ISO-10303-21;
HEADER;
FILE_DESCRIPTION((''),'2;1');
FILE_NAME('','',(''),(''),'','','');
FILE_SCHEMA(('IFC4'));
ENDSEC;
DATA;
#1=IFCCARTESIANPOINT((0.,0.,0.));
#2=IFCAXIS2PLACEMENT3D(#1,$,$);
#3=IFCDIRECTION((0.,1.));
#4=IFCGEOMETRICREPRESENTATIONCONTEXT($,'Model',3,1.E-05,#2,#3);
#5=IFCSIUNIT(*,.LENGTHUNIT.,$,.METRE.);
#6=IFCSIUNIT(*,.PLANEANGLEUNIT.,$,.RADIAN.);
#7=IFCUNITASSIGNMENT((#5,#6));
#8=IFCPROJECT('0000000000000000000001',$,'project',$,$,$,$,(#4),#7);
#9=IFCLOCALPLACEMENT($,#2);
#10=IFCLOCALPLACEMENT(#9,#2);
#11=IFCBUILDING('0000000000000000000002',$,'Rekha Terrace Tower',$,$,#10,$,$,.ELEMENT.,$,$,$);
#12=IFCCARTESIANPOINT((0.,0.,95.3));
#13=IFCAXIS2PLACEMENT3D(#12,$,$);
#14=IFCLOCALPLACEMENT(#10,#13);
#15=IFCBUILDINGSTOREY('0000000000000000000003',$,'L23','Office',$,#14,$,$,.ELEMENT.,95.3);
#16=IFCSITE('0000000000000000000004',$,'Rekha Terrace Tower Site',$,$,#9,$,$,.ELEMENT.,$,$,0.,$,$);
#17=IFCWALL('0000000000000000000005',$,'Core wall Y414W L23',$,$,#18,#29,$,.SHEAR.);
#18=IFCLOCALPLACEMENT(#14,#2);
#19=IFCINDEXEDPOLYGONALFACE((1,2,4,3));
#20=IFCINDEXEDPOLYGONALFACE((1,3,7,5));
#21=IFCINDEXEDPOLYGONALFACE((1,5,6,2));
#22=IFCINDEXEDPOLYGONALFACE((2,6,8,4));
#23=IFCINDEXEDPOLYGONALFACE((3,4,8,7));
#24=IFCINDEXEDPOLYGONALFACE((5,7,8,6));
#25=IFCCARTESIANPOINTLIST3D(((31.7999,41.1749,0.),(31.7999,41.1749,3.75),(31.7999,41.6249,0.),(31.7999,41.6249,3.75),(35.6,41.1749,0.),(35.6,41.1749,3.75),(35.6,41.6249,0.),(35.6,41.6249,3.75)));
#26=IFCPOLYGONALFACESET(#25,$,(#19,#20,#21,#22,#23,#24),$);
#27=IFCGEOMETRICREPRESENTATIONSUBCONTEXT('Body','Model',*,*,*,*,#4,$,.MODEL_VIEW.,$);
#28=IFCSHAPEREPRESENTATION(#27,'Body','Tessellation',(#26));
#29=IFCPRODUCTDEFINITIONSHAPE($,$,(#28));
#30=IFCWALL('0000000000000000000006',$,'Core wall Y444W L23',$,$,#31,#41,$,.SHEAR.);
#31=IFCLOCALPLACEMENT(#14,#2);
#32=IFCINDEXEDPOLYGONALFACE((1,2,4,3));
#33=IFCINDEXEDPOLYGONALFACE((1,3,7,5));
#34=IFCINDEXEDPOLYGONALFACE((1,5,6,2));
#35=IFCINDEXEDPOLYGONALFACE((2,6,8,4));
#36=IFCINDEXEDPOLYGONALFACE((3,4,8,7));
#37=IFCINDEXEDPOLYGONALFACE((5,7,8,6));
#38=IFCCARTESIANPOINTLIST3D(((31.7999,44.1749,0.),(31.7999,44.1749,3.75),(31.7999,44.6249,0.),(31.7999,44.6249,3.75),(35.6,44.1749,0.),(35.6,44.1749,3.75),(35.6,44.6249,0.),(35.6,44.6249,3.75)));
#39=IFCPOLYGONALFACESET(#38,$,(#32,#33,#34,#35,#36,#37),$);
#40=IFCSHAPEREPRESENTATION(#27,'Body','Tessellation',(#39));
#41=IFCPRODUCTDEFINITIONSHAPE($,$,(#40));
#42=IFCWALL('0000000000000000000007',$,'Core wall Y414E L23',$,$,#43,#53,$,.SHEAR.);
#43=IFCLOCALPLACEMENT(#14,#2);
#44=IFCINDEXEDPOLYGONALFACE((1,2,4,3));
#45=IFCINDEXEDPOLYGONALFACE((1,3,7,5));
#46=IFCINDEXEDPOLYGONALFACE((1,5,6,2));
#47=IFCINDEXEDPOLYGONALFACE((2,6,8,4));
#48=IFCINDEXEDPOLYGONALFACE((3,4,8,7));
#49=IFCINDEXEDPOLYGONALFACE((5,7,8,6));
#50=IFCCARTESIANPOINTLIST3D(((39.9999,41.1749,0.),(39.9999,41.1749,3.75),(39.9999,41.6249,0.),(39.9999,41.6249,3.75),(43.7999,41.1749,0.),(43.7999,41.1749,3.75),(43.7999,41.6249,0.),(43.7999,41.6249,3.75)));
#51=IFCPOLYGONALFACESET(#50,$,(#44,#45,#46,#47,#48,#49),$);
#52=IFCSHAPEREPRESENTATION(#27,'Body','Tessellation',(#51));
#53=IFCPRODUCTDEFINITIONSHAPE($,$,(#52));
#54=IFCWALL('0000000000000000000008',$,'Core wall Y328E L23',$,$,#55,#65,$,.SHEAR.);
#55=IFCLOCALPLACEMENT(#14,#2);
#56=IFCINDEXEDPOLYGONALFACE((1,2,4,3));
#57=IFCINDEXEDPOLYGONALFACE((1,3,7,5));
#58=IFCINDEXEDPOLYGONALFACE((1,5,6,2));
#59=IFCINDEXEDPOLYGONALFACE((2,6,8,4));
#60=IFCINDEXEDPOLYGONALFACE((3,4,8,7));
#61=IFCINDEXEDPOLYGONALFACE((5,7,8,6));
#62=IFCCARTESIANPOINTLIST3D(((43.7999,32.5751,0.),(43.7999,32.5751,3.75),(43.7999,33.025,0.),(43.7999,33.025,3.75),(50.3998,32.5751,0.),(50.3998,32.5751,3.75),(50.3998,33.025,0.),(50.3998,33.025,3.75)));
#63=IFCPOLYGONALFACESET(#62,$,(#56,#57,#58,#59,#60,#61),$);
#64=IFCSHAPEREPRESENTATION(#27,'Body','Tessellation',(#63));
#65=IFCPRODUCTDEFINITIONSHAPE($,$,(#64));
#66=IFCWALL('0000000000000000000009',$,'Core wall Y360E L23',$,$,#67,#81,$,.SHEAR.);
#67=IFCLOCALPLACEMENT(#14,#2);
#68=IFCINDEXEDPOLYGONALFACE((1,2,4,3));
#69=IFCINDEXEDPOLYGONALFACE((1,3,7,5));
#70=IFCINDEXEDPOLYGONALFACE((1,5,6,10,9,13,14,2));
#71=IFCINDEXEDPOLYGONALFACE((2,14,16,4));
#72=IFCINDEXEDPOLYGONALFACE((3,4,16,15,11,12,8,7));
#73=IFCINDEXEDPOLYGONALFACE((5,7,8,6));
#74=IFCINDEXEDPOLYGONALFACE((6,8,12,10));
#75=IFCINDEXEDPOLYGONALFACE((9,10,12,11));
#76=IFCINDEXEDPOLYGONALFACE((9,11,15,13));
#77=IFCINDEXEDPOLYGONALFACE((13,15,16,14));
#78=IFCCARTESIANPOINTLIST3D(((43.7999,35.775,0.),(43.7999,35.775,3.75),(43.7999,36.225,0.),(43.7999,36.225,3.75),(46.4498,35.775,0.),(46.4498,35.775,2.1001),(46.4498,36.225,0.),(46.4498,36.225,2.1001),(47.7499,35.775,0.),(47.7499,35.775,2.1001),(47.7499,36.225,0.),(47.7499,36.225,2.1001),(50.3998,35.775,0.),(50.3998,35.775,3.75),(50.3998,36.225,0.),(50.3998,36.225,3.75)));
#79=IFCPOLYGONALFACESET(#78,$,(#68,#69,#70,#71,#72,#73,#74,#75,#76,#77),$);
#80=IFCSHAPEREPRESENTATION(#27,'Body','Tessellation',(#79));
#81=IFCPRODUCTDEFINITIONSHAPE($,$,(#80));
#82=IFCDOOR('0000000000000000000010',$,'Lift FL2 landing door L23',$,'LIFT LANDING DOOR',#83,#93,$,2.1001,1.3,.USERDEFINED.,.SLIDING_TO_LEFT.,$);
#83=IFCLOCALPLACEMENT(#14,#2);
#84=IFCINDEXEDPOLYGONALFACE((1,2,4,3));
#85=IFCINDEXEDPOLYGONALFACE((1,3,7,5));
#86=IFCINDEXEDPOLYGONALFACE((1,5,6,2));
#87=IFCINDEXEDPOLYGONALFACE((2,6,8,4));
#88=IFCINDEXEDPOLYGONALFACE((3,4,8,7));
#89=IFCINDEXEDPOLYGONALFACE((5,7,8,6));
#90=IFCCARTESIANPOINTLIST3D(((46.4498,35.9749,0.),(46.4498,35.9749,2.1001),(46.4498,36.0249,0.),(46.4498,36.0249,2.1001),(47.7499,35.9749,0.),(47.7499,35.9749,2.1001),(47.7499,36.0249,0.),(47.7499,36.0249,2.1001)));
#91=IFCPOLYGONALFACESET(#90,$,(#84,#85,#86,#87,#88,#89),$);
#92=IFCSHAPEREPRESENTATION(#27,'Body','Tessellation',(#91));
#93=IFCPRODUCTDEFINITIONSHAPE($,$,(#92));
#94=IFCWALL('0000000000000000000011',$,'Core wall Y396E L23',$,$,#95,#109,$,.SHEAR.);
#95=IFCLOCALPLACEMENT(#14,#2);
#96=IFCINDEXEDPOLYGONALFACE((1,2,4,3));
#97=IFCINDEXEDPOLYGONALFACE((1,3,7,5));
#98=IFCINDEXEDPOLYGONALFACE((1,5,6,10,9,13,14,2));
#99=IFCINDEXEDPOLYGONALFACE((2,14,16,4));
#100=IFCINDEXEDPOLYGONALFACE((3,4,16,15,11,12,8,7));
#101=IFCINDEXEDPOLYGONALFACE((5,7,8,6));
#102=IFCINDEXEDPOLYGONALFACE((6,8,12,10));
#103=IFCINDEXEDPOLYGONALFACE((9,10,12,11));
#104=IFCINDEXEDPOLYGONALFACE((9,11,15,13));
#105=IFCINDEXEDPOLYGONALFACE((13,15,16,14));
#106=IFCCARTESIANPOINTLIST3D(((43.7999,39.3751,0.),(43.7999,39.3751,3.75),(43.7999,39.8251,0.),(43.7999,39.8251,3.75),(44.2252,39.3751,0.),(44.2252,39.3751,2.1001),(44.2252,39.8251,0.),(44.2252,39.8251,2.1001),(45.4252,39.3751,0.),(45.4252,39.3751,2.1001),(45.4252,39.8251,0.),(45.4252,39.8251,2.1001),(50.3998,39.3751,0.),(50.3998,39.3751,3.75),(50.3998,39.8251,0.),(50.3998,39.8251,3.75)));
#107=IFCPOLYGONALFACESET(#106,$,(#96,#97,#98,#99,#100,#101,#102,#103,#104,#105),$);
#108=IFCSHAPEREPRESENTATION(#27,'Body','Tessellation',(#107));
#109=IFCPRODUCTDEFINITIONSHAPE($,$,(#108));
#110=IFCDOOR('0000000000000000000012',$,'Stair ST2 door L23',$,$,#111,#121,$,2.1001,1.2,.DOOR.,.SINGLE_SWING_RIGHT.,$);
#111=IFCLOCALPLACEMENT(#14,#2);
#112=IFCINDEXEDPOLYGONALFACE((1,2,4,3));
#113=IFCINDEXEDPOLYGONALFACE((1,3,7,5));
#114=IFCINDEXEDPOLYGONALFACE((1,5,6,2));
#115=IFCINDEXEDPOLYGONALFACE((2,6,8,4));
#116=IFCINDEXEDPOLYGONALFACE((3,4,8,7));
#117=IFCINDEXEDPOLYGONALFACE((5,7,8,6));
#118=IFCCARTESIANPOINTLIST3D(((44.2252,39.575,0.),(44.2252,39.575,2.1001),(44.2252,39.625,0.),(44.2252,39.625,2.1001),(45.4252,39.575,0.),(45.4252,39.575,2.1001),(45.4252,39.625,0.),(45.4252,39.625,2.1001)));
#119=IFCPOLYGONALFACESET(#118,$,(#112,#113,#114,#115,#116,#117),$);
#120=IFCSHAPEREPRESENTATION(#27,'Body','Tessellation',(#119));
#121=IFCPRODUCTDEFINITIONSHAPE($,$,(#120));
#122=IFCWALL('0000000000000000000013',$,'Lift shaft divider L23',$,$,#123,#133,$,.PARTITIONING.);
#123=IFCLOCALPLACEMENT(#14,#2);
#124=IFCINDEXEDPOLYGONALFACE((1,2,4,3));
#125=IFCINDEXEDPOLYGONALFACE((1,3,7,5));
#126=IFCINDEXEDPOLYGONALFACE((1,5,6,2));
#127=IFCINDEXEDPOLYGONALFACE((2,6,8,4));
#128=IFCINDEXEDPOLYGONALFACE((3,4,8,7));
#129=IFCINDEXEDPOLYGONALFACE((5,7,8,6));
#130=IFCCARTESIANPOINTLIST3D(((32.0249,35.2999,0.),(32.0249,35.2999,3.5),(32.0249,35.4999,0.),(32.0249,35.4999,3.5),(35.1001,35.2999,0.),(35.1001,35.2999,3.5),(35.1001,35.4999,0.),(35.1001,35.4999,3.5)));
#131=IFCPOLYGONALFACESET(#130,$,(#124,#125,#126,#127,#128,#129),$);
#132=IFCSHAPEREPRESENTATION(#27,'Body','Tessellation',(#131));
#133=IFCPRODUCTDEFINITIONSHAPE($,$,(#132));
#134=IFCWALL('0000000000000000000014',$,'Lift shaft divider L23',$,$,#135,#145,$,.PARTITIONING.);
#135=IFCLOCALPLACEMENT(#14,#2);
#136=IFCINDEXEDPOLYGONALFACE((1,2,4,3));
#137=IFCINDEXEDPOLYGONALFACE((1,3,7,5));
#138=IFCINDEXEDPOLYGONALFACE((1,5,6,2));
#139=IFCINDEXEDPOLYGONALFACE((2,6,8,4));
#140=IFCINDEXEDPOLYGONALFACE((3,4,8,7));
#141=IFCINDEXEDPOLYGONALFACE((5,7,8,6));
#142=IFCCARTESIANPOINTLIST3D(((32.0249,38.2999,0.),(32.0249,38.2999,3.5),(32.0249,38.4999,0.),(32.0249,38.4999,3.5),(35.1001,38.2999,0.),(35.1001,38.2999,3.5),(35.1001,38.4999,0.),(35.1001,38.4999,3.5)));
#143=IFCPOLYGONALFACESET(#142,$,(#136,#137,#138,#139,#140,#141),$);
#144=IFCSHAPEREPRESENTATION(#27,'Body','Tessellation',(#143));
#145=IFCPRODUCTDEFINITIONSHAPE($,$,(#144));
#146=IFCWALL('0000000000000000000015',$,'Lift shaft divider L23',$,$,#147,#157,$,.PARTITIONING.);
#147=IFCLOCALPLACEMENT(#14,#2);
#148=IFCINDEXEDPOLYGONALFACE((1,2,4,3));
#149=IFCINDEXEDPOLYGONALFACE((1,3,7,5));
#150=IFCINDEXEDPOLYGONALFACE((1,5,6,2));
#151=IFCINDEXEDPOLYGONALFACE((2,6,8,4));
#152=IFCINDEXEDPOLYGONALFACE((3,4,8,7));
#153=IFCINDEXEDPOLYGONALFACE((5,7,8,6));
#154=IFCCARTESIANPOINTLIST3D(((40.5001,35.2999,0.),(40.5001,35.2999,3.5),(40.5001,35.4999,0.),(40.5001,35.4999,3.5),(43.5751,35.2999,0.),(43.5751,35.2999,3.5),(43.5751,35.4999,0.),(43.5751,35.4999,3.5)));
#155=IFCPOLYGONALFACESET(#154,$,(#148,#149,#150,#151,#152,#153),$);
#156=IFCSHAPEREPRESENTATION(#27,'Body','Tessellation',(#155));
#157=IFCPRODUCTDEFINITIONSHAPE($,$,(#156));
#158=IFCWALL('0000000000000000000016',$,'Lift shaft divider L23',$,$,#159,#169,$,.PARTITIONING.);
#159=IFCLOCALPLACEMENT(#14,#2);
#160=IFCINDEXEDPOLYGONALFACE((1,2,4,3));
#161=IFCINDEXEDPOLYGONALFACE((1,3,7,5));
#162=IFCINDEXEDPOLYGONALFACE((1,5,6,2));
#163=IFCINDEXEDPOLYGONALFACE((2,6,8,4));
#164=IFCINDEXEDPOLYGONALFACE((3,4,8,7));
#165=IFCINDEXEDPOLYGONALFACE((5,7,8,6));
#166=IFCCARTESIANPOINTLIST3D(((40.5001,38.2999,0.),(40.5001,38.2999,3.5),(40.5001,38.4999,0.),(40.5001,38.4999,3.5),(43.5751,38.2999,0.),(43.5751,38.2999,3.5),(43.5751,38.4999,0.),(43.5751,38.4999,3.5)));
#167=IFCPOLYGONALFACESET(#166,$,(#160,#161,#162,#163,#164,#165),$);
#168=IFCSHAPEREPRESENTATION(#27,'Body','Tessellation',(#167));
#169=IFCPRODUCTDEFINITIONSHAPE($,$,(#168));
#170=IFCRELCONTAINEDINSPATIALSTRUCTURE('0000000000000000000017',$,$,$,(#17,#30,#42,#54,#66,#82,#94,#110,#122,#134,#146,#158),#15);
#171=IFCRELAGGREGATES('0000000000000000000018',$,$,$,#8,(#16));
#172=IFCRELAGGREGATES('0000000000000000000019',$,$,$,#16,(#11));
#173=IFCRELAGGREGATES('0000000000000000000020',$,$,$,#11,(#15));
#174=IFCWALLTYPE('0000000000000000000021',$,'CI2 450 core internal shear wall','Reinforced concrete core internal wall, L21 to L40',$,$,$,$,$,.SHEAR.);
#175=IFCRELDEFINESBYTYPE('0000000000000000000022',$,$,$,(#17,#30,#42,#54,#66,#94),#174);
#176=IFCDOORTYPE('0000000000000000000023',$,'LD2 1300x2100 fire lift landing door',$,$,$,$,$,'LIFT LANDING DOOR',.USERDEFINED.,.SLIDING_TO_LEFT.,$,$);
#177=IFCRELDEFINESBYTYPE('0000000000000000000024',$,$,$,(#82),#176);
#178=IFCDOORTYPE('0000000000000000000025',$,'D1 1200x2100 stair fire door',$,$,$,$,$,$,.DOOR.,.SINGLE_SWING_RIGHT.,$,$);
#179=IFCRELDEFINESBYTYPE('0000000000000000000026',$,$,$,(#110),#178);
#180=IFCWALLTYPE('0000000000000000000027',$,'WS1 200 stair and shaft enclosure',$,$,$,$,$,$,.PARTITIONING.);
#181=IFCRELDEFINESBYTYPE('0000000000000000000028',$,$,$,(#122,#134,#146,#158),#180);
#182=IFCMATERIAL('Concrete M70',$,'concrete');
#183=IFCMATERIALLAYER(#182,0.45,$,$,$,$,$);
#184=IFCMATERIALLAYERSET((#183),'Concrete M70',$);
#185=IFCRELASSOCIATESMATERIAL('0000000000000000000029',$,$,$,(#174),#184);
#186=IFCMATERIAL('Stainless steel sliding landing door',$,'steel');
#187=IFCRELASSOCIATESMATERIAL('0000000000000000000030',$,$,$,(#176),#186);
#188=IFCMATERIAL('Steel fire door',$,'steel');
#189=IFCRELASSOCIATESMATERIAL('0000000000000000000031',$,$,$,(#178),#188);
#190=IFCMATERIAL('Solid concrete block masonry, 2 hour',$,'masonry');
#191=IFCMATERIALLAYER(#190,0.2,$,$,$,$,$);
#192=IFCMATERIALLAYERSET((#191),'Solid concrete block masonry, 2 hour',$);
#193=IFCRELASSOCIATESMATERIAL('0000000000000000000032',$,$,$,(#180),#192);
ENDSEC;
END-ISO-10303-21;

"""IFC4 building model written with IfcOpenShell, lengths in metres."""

from ifc_helpers import new_model, si_unit, direction, frame, frame_2d, origin, place, context, subcontext, project, spatial, rectangle, extrude, material, layer, layer_set, type_object, element, fill, save


model = new_model("IFC4")

# Units and contexts
model_context = context("Model", 3, precision=1e-05, world=origin(), true_north=direction((0.0, 1.0)))
body_context = subcontext(model_context, "Body", "Model", "MODEL_VIEW")
ifc_project = project(units=[si_unit("LENGTHUNIT", "METRE"), si_unit("PLANEANGLEUNIT", "RADIAN")], contexts=[model_context])

# Site, building, storey
site_placement = place(None, origin())
site = spatial("IfcSite", under=ifc_project, at=site_placement, Name="Rekha Terrace Tower Site", CompositionType="ELEMENT", RefElevation=0.0)
building_placement = place(site_placement, origin())
building = spatial("IfcBuilding", under=site, at=building_placement, Name="Rekha Terrace Tower", CompositionType="ELEMENT")
storey_placement = place(building_placement, frame((0.0, 0.0, 95.3)))
storey = spatial("IfcBuildingStorey", under=building, at=storey_placement, Name="L23", Description="Office", CompositionType="ELEMENT", Elevation=95.3)

# Walls
ifc_material_1 = material(Name="Concrete M70", Category="concrete")
ifc_layer_1 = layer(ifc_material_1, 0.45)
ifc_layer_set_1 = layer_set([ifc_layer_1], Name="Concrete M70")
wall_type_1 = type_object("IfcWallType", Name="CI2 450 core internal shear wall", Description="Reinforced concrete core internal wall, L21 to L40", PredefinedType="SHEAR", material=ifc_layer_set_1)
for number, where, z_axis, x_axis, name in (
    (1, (31.8, 41.3999, 0.0), (0.0, 0.0, 1.0), (1.0, 0.0, 0.0), "Core wall Y414W L23"),
    (2, (31.8, 44.3999, 0.0), (0.0, 0.0, 1.0), (1.0, 0.0, 0.0), "Core wall Y444W L23"),
    (3, (40.0, 41.3999, 0.0), (0.0, 0.0, 1.0), (1.0, 0.0, 0.0), "Core wall Y414E L23"),
):
    element("IfcWall", number, at=place(storey_placement, frame(where, z_axis=z_axis, x_axis=x_axis)), inside=storey, type_object=wall_type_1, Name=name, PredefinedType="SHEAR", context=body_context, shape_type="SweptSolid", body=[
        extrude(rectangle(XDim=3.8, YDim=0.45, at=frame_2d((1.8999, 0.0))), origin(), (0.0, 0.0, 1.0), 3.75),
    ])
wall_1_placement = place(storey_placement, frame((43.8, 32.8, 0.0), z_axis=(0.0, 0.0, 1.0), x_axis=(1.0, 0.0, 0.0)))
element("IfcWall", 4, at=wall_1_placement, inside=storey, type_object=wall_type_1, Name="Core wall Y328E L23", PredefinedType="SHEAR", context=body_context, shape_type="SweptSolid", body=[
    extrude(rectangle(XDim=6.5999, YDim=0.45, at=frame_2d((3.2998, 0.0))), origin(), (0.0, 0.0, 1.0), 3.75),
])

# Walls, openings, doors
wall_2_placement = place(storey_placement, frame((43.8, 36.0, 0.0), z_axis=(0.0, 0.0, 1.0), x_axis=(1.0, 0.0, 0.0)))
wall_2 = element("IfcWall", 5, at=wall_2_placement, inside=storey, type_object=wall_type_1, Name="Core wall Y360E L23", PredefinedType="SHEAR", context=body_context, shape_type="SweptSolid", body=[
    extrude(rectangle(XDim=6.5999, YDim=0.45, at=frame_2d((3.2998, 0.0))), origin(), (0.0, 0.0, 1.0), 3.75),
])
opening_1_placement = place(wall_2_placement, frame((2.6499, 0.0, 0.0)))
opening_1 = element("IfcOpeningElement", 6, at=opening_1_placement, cuts=wall_2, PredefinedType="OPENING", context=body_context, shape_type="SweptSolid", body=[
    extrude(rectangle(XDim=1.3, YDim=2.1001, at=frame_2d((0.6499, 1.05))), frame((0.0, 0.2349, 0.0), z_axis=(0.0, -1.0, 0.0), x_axis=(1.0, 0.0, 0.0)), (0.0, 0.0, 1.0), 0.47),
])
ifc_material_2 = material(Name="Stainless steel sliding landing door", Category="steel")
door_type_1 = type_object("IfcDoorType", Name="LD2 1300x2100 fire lift landing door", ElementType="LIFT LANDING DOOR", OperationType="SLIDING_TO_LEFT", PredefinedType="USERDEFINED", material=ifc_material_2)
door_1_placement = place(opening_1_placement, origin())
door_1 = element("IfcDoor", 7, at=door_1_placement, inside=storey, type_object=door_type_1, Name="Lift FL2 landing door L23", ObjectType="LIFT LANDING DOOR", OperationType="SLIDING_TO_LEFT", OverallHeight=2.1001, OverallWidth=1.3, PredefinedType="USERDEFINED", context=body_context, shape_type="SweptSolid", body=[
    extrude(rectangle(XDim=1.3, YDim=2.1001, at=frame_2d((0.6499, 1.05))), frame((0.0, 0.0249, 0.0), z_axis=(0.0, -1.0, 0.0), x_axis=(1.0, 0.0, 0.0)), (0.0, 0.0, 1.0), 0.05),
])
fill(opening_1, door_1)
wall_3_placement = place(storey_placement, frame((43.8, 39.6001, 0.0), z_axis=(0.0, 0.0, 1.0), x_axis=(1.0, 0.0, 0.0)))
wall_3 = element("IfcWall", 8, at=wall_3_placement, inside=storey, type_object=wall_type_1, Name="Core wall Y396E L23", PredefinedType="SHEAR", context=body_context, shape_type="SweptSolid", body=[
    extrude(rectangle(XDim=6.5999, YDim=0.45, at=frame_2d((3.2998, 0.0))), origin(), (0.0, 0.0, 1.0), 3.75),
])
opening_2_placement = place(wall_3_placement, frame((0.425, 0.0, 0.0)))
opening_2 = element("IfcOpeningElement", 9, at=opening_2_placement, cuts=wall_3, PredefinedType="OPENING", context=body_context, shape_type="SweptSolid", body=[
    extrude(rectangle(XDim=1.2, YDim=2.1001, at=frame_2d((0.6001, 1.05))), frame((0.0, 0.2349, 0.0), z_axis=(0.0, -1.0, 0.0), x_axis=(1.0, 0.0, 0.0)), (0.0, 0.0, 1.0), 0.47),
])
ifc_material_3 = material(Name="Steel fire door", Category="steel")
door_type_2 = type_object("IfcDoorType", Name="D1 1200x2100 stair fire door", OperationType="SINGLE_SWING_RIGHT", PredefinedType="DOOR", material=ifc_material_3)
door_2_placement = place(opening_2_placement, origin())
door_2 = element("IfcDoor", 10, at=door_2_placement, inside=storey, type_object=door_type_2, Name="Stair ST2 door L23", OperationType="SINGLE_SWING_RIGHT", OverallHeight=2.1001, OverallWidth=1.2, PredefinedType="DOOR", context=body_context, shape_type="SweptSolid", body=[
    extrude(rectangle(XDim=1.2, YDim=2.1001, at=frame_2d((0.6001, 1.05))), frame((0.0, 0.0249, 0.0), z_axis=(0.0, -1.0, 0.0), x_axis=(1.0, 0.0, 0.0)), (0.0, 0.0, 1.0), 0.05),
])
fill(opening_2, door_2)

# Walls
ifc_material_4 = material(Name="Solid concrete block masonry, 2 hour", Category="masonry")
ifc_layer_2 = layer(ifc_material_4, 0.2)
ifc_layer_set_2 = layer_set([ifc_layer_2], Name="Solid concrete block masonry, 2 hour")
wall_type_2 = type_object("IfcWallType", Name="WS1 200 stair and shaft enclosure", PredefinedType="PARTITIONING", material=ifc_layer_set_2)
for number, where, z_axis, x_axis, name in (
    (11, (32.0249, 35.3999, 0.0), (0.0, 0.0, 1.0), (1.0, 0.0, 0.0), "Lift shaft divider L23"),
    (12, (32.0249, 38.3999, 0.0), (0.0, 0.0, 1.0), (1.0, 0.0, 0.0), "Lift shaft divider L23"),
):
    element("IfcWall", number, at=place(storey_placement, frame(where, z_axis=z_axis, x_axis=x_axis)), inside=storey, type_object=wall_type_2, Name=name, PredefinedType="PARTITIONING", context=body_context, shape_type="SweptSolid", body=[
        extrude(rectangle(XDim=3.0752, YDim=0.2, at=frame_2d((1.5376, 0.0))), origin(), (0.0, 0.0, 1.0), 3.5),
    ])
for number, where, z_axis, x_axis, name in (
    (13, (40.5, 35.3999, 0.0), (0.0, 0.0, 1.0), (1.0, 0.0, 0.0), "Lift shaft divider L23"),
    (14, (40.5, 38.3999, 0.0), (0.0, 0.0, 1.0), (1.0, 0.0, 0.0), "Lift shaft divider L23"),
):
    element("IfcWall", number, at=place(storey_placement, frame(where, z_axis=z_axis, x_axis=x_axis)), inside=storey, type_object=wall_type_2, Name=name, PredefinedType="PARTITIONING", context=body_context, shape_type="SweptSolid", body=[
        extrude(rectangle(XDim=3.075, YDim=0.2, at=frame_2d((1.5376, 0.0))), origin(), (0.0, 0.0, 1.0), 3.5),
    ])

save(model, "model.ifc")
